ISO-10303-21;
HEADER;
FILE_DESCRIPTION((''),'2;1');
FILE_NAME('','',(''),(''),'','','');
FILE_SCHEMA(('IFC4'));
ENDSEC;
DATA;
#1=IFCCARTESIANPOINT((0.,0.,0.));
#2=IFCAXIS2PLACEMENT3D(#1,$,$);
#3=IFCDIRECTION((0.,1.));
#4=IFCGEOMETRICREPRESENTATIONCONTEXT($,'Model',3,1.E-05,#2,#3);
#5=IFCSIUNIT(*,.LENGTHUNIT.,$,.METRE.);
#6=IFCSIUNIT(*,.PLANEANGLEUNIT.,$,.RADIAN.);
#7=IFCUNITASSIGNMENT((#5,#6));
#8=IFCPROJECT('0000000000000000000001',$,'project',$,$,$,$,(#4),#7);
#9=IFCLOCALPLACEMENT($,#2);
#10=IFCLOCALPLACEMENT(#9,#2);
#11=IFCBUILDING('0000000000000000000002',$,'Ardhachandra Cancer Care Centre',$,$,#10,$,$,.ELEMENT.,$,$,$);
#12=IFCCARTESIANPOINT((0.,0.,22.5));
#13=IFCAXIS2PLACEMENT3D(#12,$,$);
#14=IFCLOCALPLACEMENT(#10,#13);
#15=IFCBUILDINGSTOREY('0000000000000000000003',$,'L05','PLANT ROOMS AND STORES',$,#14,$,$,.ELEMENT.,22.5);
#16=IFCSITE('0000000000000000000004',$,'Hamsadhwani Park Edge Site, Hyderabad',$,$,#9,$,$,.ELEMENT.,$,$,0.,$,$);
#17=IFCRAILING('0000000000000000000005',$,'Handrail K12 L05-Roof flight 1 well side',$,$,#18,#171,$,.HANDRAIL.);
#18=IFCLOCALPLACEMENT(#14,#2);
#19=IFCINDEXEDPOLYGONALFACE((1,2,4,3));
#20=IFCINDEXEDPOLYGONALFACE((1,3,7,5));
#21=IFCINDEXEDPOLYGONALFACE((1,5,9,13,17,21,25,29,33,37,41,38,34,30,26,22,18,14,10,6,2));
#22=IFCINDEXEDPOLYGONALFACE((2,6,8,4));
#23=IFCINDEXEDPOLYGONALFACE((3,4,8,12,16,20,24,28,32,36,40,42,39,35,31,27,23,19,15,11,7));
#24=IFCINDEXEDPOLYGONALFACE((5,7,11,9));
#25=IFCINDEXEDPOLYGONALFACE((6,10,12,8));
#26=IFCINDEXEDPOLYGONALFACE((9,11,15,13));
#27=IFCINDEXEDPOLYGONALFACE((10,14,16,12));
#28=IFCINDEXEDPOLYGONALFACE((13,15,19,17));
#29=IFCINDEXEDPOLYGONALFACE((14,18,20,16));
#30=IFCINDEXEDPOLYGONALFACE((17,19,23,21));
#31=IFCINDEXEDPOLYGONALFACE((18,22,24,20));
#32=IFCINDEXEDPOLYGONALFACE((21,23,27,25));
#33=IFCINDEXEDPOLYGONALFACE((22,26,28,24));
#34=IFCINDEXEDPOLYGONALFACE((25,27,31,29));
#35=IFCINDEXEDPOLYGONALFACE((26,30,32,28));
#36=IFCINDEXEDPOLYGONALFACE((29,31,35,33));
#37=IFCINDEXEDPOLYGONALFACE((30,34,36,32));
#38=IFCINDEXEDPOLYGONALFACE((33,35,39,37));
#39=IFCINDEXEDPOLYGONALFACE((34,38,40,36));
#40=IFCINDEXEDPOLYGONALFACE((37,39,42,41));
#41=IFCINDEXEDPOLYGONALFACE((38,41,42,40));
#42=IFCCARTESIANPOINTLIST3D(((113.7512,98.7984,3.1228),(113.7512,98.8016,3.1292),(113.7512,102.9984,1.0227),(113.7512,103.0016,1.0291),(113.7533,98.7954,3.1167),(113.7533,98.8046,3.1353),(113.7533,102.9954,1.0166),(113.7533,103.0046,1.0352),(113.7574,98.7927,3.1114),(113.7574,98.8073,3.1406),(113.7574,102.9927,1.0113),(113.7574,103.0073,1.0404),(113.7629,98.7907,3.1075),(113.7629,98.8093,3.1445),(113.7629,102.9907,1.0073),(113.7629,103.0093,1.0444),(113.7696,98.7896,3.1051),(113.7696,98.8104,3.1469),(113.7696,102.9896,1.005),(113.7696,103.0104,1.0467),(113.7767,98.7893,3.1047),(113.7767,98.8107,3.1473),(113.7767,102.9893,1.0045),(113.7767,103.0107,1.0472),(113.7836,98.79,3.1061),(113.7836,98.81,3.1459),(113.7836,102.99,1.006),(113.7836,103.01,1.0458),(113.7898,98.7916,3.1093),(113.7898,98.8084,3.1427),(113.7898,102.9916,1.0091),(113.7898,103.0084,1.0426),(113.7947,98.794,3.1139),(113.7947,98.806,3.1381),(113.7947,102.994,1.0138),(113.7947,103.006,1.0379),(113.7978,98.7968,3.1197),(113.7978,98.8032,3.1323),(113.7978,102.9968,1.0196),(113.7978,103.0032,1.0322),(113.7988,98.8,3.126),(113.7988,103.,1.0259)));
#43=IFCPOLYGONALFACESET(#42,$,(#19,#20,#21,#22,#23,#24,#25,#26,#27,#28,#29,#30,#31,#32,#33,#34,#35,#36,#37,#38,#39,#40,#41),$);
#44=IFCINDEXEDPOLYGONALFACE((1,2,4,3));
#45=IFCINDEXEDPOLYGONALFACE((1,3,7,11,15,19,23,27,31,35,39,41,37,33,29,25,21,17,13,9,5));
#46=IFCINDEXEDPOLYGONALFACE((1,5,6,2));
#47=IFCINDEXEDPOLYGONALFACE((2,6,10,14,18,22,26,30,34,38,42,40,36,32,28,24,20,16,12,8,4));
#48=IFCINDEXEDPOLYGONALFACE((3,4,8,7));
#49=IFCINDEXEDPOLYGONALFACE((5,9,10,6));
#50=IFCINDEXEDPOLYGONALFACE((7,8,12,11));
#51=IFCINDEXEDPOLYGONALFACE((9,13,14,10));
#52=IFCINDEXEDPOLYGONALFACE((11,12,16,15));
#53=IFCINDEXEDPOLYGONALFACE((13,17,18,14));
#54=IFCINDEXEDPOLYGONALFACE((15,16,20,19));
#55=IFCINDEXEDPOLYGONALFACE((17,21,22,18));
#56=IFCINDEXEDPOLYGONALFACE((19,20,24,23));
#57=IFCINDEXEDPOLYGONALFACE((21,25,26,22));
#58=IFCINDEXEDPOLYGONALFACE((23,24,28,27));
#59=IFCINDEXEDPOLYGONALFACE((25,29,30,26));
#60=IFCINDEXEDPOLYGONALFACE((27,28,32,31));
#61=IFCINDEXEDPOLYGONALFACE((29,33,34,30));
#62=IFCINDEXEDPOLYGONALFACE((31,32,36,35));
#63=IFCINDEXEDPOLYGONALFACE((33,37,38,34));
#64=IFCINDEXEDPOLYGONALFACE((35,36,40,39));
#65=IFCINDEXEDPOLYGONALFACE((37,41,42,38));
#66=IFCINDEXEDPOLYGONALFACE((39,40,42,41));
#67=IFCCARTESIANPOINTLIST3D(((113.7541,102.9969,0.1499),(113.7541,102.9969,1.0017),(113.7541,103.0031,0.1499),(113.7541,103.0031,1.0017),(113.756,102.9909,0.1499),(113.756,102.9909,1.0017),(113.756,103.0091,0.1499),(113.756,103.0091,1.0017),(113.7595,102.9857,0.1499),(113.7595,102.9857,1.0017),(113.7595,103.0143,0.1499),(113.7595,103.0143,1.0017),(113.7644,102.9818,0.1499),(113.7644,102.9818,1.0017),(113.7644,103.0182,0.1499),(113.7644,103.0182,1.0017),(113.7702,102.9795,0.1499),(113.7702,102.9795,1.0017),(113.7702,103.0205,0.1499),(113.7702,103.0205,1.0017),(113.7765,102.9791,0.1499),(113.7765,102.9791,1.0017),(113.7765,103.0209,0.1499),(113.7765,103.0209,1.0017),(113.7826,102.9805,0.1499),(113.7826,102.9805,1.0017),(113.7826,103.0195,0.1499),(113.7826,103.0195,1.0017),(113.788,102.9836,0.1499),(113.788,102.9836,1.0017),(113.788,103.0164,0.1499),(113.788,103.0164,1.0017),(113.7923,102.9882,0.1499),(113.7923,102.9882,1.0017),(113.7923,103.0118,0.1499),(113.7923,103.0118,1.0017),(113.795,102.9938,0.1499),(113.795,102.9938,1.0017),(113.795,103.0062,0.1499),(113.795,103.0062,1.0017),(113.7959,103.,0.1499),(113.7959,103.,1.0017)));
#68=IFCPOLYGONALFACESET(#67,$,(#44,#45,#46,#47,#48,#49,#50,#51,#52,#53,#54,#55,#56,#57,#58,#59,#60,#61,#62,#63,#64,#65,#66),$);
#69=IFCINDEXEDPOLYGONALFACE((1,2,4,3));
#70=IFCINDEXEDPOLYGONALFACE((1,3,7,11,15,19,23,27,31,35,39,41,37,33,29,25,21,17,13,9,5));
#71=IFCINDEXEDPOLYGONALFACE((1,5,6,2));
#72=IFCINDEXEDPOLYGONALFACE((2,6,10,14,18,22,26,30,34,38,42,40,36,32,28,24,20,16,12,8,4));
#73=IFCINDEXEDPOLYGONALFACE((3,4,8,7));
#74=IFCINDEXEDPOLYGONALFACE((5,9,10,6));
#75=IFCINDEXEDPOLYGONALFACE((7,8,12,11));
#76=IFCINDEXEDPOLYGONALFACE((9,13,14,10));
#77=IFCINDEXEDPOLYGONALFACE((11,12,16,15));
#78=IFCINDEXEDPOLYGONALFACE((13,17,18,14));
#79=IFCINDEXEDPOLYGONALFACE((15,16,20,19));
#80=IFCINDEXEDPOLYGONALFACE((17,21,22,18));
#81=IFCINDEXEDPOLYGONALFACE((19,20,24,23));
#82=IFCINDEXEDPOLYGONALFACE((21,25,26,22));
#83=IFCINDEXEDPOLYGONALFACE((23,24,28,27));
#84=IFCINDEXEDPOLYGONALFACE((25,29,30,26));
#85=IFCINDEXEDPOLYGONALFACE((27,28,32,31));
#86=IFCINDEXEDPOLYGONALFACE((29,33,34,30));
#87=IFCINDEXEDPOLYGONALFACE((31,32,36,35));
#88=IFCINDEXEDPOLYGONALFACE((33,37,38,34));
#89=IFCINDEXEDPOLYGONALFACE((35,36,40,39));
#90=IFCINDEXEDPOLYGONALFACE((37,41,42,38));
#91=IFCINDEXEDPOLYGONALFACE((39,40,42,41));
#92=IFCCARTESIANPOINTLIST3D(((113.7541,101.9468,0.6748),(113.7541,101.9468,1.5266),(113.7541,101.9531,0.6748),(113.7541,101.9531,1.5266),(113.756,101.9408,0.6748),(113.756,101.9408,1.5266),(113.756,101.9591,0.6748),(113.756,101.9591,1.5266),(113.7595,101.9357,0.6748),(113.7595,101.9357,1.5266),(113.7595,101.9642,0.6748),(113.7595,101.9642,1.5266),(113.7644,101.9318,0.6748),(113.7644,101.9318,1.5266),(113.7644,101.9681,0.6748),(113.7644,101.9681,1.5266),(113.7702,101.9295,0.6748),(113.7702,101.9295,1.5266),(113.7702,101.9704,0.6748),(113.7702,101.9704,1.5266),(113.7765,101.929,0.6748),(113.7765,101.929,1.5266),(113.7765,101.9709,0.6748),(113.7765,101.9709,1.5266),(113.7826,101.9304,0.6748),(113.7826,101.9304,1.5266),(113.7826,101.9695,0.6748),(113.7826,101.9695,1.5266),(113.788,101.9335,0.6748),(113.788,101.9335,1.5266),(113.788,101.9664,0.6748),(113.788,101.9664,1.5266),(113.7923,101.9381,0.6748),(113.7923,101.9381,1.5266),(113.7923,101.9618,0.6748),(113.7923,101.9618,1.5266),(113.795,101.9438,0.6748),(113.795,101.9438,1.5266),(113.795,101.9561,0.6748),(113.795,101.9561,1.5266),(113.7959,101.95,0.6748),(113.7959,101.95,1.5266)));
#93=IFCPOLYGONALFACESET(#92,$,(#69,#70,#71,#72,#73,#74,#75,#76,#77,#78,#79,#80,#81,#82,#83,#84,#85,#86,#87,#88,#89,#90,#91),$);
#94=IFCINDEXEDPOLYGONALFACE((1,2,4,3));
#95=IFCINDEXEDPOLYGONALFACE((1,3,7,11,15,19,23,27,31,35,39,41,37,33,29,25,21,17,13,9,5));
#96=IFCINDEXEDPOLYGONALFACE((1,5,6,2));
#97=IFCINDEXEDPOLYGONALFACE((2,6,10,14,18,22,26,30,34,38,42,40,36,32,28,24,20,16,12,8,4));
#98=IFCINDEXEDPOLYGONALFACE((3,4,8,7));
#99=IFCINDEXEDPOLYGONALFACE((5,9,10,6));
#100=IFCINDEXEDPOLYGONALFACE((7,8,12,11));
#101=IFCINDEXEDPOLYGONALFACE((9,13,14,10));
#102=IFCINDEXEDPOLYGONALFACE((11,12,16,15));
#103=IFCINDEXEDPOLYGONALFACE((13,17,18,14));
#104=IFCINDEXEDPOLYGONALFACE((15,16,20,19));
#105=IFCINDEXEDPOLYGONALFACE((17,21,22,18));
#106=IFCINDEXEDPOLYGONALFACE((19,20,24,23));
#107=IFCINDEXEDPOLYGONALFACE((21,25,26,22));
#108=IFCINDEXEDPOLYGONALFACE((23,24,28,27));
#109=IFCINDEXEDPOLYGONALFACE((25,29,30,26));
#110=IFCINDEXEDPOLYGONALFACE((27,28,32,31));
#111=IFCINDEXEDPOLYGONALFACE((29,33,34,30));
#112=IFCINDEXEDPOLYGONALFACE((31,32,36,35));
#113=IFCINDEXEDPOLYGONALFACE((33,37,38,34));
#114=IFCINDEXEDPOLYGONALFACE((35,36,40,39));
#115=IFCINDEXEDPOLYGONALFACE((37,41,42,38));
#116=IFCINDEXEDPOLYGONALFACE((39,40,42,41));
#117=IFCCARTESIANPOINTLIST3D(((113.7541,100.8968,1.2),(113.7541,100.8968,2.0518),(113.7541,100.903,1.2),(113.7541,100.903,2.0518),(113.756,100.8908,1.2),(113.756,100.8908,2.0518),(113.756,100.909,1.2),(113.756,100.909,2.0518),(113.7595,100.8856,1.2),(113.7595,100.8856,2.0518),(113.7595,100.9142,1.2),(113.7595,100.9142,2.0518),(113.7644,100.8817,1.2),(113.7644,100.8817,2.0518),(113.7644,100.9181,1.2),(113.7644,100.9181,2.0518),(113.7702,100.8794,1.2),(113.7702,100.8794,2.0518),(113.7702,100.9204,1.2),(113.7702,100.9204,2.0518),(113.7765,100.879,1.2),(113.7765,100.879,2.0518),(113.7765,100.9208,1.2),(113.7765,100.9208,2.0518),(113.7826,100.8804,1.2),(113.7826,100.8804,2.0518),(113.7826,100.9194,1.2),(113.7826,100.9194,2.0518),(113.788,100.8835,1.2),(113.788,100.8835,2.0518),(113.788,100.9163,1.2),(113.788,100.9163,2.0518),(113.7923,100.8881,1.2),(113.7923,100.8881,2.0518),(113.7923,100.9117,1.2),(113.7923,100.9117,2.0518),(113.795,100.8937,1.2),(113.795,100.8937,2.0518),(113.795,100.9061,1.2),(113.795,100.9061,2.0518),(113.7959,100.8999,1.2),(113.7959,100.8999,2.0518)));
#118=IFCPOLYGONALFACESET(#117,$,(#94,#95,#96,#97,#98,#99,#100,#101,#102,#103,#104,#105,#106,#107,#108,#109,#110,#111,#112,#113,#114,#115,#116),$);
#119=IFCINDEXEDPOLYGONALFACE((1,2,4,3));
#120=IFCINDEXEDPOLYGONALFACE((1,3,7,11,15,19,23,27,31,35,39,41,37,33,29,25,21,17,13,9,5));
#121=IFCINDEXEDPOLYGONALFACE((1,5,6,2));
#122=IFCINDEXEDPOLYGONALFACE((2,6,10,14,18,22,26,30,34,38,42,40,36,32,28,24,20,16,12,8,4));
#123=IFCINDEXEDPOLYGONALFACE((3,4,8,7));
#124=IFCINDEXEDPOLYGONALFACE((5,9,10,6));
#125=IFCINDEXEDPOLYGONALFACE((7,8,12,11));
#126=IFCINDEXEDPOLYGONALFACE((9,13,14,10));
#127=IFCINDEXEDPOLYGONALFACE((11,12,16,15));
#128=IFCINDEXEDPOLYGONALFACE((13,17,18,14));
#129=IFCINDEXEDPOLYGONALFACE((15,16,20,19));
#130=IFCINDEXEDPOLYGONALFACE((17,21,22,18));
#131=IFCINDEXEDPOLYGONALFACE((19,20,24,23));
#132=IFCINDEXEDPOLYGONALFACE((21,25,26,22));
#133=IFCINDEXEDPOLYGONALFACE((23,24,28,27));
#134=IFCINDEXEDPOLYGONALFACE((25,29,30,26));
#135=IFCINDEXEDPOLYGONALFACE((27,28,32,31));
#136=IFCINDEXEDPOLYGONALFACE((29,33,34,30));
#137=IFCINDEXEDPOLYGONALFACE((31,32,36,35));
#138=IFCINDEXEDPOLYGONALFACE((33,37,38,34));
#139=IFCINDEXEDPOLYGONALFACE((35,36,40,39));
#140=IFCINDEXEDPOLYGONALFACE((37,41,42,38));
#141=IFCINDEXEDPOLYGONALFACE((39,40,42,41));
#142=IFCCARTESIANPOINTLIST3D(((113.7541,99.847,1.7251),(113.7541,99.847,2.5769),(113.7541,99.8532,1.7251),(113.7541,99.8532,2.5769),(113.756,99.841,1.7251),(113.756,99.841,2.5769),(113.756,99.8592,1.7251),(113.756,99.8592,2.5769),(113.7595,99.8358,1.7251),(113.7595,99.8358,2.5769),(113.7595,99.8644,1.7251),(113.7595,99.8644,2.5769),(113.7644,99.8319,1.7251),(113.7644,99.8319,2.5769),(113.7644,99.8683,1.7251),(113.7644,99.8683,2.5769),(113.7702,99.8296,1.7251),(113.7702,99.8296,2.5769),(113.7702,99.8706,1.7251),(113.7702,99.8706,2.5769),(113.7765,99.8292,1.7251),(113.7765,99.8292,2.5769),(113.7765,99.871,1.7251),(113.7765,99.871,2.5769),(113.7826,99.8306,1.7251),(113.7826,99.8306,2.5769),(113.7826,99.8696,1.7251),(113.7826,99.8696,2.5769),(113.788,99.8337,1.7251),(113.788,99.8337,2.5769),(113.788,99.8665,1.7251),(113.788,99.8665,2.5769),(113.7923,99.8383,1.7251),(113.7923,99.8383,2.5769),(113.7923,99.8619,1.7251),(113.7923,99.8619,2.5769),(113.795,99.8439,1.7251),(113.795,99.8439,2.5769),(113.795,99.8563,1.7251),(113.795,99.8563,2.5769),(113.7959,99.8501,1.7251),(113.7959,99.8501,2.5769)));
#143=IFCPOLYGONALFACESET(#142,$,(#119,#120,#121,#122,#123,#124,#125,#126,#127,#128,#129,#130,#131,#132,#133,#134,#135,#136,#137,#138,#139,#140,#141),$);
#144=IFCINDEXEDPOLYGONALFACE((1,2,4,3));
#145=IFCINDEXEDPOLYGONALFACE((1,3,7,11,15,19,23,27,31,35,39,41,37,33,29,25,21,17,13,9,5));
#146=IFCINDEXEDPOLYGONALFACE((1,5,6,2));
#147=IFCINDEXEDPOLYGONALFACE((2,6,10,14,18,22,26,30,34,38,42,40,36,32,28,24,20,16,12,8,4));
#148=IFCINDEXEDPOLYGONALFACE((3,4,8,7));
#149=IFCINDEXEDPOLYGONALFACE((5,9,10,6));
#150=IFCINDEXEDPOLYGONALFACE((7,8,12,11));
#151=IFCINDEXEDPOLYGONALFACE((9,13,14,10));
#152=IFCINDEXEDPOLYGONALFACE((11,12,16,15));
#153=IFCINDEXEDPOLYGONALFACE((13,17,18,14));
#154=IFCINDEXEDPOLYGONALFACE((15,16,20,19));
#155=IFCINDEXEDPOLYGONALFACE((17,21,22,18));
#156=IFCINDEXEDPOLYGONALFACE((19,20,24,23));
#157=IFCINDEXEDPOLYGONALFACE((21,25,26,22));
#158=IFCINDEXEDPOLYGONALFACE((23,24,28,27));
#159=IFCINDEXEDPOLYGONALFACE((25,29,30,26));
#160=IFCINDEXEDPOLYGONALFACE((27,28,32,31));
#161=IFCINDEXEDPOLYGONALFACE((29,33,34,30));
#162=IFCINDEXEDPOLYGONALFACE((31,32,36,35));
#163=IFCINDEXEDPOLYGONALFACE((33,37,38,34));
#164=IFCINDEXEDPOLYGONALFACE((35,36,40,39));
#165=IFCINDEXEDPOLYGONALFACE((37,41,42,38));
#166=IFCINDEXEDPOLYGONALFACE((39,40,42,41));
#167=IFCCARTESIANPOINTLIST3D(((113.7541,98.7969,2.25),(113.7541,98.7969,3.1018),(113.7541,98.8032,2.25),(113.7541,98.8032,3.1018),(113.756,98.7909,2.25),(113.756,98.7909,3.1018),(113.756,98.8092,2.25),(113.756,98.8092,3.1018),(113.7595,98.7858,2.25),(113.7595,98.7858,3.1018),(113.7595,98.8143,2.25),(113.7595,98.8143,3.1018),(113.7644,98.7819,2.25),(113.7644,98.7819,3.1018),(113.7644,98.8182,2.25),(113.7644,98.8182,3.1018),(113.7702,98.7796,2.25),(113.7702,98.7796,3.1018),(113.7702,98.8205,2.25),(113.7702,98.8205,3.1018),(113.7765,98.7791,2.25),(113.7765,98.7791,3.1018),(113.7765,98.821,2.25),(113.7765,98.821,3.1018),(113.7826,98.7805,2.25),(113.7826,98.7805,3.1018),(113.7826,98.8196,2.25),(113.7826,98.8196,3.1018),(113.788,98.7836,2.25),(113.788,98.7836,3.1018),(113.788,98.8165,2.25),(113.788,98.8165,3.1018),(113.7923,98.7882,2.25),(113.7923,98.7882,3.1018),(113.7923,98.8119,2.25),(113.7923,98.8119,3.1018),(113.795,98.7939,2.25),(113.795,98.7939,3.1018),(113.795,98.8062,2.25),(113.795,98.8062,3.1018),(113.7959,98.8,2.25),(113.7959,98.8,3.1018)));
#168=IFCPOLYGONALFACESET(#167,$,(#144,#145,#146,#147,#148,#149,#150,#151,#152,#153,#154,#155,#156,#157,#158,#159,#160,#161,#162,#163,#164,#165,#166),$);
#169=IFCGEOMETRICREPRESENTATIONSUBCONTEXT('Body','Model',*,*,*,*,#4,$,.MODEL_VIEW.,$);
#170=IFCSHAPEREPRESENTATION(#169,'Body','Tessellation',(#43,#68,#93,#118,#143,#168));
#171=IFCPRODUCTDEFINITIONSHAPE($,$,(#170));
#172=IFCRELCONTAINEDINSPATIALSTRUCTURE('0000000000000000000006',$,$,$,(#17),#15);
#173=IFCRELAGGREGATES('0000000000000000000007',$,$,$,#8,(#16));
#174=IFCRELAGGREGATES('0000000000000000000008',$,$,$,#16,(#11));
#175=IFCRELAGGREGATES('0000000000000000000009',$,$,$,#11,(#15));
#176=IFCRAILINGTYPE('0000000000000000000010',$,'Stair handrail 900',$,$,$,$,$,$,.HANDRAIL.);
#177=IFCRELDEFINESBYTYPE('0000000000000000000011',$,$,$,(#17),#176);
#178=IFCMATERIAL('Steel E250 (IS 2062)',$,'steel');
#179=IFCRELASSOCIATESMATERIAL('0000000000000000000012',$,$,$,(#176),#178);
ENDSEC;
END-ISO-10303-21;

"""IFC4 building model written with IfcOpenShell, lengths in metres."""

from ifc_helpers import new_model, si_unit, direction, frame, origin, origin_2d, place, context, subcontext, project, spatial, circle, extrude, material, type_object, element, save


model = new_model("IFC4")

# Units and contexts
model_context = context("Model", 3, precision=1e-05, world=origin(), true_north=direction((0.0, 1.0)))
body_context = subcontext(model_context, "Body", "Model", "MODEL_VIEW")
ifc_project = project(units=[si_unit("LENGTHUNIT", "METRE"), si_unit("PLANEANGLEUNIT", "RADIAN")], contexts=[model_context])

# Site, building, storey
site_placement = place(None, origin())
site = spatial("IfcSite", under=ifc_project, at=site_placement, Name="Hamsadhwani Park Edge Site, Hyderabad", CompositionType="ELEMENT", RefElevation=0.0)
building_placement = place(site_placement, origin())
building = spatial("IfcBuilding", under=site, at=building_placement, Name="Ardhachandra Cancer Care Centre", CompositionType="ELEMENT")
storey_placement = place(building_placement, frame((0.0, 0.0, 22.5)))
storey = spatial("IfcBuildingStorey", under=building, at=storey_placement, Name="L05", Description="PLANT ROOMS AND STORES", CompositionType="ELEMENT", Elevation=22.5)

# Railing
ifc_material_1 = material(Name="Steel E250 (IS 2062)", Category="steel")
railing_type = type_object("IfcRailingType", Name="Stair handrail 900", PredefinedType="HANDRAIL", material=ifc_material_1)
railing_placement = place(storey_placement, frame((113.7749, 103.0, 0.1499)))
element("IfcRailing", 1, at=railing_placement, inside=storey, type_object=railing_type, Name="Handrail K12 L05-Roof flight 1 well side", PredefinedType="HANDRAIL", context=body_context, shape_type="SweptSolid", body=[
    extrude(circle(Radius=0.0239, at=origin_2d()), frame((0.0, 0.0, 0.876), z_axis=(0.0, -0.894417, 0.447234), x_axis=(1.0, 0.0, 0.0)), (0.0, 0.0, 1.0), 4.6958),
    extrude(circle(Radius=0.021, at=origin_2d()), origin(), (0.0, 0.0, 1.0), 0.8518),
    extrude(circle(Radius=0.021, at=origin_2d()), frame((0.0, -1.05, 0.5249)), (0.0, 0.0, 1.0), 0.8518),
    extrude(circle(Radius=0.021, at=origin_2d()), frame((0.0, -2.1001, 1.05)), (0.0, 0.0, 1.0), 0.8518),
    extrude(circle(Radius=0.021, at=origin_2d()), frame((0.0, -3.1499, 1.5752)), (0.0, 0.0, 1.0), 0.8518),
    extrude(circle(Radius=0.021, at=origin_2d()), frame((0.0, -4.2, 2.1001)), (0.0, 0.0, 1.0), 0.8518),
])

save(model, "model.ifc")
